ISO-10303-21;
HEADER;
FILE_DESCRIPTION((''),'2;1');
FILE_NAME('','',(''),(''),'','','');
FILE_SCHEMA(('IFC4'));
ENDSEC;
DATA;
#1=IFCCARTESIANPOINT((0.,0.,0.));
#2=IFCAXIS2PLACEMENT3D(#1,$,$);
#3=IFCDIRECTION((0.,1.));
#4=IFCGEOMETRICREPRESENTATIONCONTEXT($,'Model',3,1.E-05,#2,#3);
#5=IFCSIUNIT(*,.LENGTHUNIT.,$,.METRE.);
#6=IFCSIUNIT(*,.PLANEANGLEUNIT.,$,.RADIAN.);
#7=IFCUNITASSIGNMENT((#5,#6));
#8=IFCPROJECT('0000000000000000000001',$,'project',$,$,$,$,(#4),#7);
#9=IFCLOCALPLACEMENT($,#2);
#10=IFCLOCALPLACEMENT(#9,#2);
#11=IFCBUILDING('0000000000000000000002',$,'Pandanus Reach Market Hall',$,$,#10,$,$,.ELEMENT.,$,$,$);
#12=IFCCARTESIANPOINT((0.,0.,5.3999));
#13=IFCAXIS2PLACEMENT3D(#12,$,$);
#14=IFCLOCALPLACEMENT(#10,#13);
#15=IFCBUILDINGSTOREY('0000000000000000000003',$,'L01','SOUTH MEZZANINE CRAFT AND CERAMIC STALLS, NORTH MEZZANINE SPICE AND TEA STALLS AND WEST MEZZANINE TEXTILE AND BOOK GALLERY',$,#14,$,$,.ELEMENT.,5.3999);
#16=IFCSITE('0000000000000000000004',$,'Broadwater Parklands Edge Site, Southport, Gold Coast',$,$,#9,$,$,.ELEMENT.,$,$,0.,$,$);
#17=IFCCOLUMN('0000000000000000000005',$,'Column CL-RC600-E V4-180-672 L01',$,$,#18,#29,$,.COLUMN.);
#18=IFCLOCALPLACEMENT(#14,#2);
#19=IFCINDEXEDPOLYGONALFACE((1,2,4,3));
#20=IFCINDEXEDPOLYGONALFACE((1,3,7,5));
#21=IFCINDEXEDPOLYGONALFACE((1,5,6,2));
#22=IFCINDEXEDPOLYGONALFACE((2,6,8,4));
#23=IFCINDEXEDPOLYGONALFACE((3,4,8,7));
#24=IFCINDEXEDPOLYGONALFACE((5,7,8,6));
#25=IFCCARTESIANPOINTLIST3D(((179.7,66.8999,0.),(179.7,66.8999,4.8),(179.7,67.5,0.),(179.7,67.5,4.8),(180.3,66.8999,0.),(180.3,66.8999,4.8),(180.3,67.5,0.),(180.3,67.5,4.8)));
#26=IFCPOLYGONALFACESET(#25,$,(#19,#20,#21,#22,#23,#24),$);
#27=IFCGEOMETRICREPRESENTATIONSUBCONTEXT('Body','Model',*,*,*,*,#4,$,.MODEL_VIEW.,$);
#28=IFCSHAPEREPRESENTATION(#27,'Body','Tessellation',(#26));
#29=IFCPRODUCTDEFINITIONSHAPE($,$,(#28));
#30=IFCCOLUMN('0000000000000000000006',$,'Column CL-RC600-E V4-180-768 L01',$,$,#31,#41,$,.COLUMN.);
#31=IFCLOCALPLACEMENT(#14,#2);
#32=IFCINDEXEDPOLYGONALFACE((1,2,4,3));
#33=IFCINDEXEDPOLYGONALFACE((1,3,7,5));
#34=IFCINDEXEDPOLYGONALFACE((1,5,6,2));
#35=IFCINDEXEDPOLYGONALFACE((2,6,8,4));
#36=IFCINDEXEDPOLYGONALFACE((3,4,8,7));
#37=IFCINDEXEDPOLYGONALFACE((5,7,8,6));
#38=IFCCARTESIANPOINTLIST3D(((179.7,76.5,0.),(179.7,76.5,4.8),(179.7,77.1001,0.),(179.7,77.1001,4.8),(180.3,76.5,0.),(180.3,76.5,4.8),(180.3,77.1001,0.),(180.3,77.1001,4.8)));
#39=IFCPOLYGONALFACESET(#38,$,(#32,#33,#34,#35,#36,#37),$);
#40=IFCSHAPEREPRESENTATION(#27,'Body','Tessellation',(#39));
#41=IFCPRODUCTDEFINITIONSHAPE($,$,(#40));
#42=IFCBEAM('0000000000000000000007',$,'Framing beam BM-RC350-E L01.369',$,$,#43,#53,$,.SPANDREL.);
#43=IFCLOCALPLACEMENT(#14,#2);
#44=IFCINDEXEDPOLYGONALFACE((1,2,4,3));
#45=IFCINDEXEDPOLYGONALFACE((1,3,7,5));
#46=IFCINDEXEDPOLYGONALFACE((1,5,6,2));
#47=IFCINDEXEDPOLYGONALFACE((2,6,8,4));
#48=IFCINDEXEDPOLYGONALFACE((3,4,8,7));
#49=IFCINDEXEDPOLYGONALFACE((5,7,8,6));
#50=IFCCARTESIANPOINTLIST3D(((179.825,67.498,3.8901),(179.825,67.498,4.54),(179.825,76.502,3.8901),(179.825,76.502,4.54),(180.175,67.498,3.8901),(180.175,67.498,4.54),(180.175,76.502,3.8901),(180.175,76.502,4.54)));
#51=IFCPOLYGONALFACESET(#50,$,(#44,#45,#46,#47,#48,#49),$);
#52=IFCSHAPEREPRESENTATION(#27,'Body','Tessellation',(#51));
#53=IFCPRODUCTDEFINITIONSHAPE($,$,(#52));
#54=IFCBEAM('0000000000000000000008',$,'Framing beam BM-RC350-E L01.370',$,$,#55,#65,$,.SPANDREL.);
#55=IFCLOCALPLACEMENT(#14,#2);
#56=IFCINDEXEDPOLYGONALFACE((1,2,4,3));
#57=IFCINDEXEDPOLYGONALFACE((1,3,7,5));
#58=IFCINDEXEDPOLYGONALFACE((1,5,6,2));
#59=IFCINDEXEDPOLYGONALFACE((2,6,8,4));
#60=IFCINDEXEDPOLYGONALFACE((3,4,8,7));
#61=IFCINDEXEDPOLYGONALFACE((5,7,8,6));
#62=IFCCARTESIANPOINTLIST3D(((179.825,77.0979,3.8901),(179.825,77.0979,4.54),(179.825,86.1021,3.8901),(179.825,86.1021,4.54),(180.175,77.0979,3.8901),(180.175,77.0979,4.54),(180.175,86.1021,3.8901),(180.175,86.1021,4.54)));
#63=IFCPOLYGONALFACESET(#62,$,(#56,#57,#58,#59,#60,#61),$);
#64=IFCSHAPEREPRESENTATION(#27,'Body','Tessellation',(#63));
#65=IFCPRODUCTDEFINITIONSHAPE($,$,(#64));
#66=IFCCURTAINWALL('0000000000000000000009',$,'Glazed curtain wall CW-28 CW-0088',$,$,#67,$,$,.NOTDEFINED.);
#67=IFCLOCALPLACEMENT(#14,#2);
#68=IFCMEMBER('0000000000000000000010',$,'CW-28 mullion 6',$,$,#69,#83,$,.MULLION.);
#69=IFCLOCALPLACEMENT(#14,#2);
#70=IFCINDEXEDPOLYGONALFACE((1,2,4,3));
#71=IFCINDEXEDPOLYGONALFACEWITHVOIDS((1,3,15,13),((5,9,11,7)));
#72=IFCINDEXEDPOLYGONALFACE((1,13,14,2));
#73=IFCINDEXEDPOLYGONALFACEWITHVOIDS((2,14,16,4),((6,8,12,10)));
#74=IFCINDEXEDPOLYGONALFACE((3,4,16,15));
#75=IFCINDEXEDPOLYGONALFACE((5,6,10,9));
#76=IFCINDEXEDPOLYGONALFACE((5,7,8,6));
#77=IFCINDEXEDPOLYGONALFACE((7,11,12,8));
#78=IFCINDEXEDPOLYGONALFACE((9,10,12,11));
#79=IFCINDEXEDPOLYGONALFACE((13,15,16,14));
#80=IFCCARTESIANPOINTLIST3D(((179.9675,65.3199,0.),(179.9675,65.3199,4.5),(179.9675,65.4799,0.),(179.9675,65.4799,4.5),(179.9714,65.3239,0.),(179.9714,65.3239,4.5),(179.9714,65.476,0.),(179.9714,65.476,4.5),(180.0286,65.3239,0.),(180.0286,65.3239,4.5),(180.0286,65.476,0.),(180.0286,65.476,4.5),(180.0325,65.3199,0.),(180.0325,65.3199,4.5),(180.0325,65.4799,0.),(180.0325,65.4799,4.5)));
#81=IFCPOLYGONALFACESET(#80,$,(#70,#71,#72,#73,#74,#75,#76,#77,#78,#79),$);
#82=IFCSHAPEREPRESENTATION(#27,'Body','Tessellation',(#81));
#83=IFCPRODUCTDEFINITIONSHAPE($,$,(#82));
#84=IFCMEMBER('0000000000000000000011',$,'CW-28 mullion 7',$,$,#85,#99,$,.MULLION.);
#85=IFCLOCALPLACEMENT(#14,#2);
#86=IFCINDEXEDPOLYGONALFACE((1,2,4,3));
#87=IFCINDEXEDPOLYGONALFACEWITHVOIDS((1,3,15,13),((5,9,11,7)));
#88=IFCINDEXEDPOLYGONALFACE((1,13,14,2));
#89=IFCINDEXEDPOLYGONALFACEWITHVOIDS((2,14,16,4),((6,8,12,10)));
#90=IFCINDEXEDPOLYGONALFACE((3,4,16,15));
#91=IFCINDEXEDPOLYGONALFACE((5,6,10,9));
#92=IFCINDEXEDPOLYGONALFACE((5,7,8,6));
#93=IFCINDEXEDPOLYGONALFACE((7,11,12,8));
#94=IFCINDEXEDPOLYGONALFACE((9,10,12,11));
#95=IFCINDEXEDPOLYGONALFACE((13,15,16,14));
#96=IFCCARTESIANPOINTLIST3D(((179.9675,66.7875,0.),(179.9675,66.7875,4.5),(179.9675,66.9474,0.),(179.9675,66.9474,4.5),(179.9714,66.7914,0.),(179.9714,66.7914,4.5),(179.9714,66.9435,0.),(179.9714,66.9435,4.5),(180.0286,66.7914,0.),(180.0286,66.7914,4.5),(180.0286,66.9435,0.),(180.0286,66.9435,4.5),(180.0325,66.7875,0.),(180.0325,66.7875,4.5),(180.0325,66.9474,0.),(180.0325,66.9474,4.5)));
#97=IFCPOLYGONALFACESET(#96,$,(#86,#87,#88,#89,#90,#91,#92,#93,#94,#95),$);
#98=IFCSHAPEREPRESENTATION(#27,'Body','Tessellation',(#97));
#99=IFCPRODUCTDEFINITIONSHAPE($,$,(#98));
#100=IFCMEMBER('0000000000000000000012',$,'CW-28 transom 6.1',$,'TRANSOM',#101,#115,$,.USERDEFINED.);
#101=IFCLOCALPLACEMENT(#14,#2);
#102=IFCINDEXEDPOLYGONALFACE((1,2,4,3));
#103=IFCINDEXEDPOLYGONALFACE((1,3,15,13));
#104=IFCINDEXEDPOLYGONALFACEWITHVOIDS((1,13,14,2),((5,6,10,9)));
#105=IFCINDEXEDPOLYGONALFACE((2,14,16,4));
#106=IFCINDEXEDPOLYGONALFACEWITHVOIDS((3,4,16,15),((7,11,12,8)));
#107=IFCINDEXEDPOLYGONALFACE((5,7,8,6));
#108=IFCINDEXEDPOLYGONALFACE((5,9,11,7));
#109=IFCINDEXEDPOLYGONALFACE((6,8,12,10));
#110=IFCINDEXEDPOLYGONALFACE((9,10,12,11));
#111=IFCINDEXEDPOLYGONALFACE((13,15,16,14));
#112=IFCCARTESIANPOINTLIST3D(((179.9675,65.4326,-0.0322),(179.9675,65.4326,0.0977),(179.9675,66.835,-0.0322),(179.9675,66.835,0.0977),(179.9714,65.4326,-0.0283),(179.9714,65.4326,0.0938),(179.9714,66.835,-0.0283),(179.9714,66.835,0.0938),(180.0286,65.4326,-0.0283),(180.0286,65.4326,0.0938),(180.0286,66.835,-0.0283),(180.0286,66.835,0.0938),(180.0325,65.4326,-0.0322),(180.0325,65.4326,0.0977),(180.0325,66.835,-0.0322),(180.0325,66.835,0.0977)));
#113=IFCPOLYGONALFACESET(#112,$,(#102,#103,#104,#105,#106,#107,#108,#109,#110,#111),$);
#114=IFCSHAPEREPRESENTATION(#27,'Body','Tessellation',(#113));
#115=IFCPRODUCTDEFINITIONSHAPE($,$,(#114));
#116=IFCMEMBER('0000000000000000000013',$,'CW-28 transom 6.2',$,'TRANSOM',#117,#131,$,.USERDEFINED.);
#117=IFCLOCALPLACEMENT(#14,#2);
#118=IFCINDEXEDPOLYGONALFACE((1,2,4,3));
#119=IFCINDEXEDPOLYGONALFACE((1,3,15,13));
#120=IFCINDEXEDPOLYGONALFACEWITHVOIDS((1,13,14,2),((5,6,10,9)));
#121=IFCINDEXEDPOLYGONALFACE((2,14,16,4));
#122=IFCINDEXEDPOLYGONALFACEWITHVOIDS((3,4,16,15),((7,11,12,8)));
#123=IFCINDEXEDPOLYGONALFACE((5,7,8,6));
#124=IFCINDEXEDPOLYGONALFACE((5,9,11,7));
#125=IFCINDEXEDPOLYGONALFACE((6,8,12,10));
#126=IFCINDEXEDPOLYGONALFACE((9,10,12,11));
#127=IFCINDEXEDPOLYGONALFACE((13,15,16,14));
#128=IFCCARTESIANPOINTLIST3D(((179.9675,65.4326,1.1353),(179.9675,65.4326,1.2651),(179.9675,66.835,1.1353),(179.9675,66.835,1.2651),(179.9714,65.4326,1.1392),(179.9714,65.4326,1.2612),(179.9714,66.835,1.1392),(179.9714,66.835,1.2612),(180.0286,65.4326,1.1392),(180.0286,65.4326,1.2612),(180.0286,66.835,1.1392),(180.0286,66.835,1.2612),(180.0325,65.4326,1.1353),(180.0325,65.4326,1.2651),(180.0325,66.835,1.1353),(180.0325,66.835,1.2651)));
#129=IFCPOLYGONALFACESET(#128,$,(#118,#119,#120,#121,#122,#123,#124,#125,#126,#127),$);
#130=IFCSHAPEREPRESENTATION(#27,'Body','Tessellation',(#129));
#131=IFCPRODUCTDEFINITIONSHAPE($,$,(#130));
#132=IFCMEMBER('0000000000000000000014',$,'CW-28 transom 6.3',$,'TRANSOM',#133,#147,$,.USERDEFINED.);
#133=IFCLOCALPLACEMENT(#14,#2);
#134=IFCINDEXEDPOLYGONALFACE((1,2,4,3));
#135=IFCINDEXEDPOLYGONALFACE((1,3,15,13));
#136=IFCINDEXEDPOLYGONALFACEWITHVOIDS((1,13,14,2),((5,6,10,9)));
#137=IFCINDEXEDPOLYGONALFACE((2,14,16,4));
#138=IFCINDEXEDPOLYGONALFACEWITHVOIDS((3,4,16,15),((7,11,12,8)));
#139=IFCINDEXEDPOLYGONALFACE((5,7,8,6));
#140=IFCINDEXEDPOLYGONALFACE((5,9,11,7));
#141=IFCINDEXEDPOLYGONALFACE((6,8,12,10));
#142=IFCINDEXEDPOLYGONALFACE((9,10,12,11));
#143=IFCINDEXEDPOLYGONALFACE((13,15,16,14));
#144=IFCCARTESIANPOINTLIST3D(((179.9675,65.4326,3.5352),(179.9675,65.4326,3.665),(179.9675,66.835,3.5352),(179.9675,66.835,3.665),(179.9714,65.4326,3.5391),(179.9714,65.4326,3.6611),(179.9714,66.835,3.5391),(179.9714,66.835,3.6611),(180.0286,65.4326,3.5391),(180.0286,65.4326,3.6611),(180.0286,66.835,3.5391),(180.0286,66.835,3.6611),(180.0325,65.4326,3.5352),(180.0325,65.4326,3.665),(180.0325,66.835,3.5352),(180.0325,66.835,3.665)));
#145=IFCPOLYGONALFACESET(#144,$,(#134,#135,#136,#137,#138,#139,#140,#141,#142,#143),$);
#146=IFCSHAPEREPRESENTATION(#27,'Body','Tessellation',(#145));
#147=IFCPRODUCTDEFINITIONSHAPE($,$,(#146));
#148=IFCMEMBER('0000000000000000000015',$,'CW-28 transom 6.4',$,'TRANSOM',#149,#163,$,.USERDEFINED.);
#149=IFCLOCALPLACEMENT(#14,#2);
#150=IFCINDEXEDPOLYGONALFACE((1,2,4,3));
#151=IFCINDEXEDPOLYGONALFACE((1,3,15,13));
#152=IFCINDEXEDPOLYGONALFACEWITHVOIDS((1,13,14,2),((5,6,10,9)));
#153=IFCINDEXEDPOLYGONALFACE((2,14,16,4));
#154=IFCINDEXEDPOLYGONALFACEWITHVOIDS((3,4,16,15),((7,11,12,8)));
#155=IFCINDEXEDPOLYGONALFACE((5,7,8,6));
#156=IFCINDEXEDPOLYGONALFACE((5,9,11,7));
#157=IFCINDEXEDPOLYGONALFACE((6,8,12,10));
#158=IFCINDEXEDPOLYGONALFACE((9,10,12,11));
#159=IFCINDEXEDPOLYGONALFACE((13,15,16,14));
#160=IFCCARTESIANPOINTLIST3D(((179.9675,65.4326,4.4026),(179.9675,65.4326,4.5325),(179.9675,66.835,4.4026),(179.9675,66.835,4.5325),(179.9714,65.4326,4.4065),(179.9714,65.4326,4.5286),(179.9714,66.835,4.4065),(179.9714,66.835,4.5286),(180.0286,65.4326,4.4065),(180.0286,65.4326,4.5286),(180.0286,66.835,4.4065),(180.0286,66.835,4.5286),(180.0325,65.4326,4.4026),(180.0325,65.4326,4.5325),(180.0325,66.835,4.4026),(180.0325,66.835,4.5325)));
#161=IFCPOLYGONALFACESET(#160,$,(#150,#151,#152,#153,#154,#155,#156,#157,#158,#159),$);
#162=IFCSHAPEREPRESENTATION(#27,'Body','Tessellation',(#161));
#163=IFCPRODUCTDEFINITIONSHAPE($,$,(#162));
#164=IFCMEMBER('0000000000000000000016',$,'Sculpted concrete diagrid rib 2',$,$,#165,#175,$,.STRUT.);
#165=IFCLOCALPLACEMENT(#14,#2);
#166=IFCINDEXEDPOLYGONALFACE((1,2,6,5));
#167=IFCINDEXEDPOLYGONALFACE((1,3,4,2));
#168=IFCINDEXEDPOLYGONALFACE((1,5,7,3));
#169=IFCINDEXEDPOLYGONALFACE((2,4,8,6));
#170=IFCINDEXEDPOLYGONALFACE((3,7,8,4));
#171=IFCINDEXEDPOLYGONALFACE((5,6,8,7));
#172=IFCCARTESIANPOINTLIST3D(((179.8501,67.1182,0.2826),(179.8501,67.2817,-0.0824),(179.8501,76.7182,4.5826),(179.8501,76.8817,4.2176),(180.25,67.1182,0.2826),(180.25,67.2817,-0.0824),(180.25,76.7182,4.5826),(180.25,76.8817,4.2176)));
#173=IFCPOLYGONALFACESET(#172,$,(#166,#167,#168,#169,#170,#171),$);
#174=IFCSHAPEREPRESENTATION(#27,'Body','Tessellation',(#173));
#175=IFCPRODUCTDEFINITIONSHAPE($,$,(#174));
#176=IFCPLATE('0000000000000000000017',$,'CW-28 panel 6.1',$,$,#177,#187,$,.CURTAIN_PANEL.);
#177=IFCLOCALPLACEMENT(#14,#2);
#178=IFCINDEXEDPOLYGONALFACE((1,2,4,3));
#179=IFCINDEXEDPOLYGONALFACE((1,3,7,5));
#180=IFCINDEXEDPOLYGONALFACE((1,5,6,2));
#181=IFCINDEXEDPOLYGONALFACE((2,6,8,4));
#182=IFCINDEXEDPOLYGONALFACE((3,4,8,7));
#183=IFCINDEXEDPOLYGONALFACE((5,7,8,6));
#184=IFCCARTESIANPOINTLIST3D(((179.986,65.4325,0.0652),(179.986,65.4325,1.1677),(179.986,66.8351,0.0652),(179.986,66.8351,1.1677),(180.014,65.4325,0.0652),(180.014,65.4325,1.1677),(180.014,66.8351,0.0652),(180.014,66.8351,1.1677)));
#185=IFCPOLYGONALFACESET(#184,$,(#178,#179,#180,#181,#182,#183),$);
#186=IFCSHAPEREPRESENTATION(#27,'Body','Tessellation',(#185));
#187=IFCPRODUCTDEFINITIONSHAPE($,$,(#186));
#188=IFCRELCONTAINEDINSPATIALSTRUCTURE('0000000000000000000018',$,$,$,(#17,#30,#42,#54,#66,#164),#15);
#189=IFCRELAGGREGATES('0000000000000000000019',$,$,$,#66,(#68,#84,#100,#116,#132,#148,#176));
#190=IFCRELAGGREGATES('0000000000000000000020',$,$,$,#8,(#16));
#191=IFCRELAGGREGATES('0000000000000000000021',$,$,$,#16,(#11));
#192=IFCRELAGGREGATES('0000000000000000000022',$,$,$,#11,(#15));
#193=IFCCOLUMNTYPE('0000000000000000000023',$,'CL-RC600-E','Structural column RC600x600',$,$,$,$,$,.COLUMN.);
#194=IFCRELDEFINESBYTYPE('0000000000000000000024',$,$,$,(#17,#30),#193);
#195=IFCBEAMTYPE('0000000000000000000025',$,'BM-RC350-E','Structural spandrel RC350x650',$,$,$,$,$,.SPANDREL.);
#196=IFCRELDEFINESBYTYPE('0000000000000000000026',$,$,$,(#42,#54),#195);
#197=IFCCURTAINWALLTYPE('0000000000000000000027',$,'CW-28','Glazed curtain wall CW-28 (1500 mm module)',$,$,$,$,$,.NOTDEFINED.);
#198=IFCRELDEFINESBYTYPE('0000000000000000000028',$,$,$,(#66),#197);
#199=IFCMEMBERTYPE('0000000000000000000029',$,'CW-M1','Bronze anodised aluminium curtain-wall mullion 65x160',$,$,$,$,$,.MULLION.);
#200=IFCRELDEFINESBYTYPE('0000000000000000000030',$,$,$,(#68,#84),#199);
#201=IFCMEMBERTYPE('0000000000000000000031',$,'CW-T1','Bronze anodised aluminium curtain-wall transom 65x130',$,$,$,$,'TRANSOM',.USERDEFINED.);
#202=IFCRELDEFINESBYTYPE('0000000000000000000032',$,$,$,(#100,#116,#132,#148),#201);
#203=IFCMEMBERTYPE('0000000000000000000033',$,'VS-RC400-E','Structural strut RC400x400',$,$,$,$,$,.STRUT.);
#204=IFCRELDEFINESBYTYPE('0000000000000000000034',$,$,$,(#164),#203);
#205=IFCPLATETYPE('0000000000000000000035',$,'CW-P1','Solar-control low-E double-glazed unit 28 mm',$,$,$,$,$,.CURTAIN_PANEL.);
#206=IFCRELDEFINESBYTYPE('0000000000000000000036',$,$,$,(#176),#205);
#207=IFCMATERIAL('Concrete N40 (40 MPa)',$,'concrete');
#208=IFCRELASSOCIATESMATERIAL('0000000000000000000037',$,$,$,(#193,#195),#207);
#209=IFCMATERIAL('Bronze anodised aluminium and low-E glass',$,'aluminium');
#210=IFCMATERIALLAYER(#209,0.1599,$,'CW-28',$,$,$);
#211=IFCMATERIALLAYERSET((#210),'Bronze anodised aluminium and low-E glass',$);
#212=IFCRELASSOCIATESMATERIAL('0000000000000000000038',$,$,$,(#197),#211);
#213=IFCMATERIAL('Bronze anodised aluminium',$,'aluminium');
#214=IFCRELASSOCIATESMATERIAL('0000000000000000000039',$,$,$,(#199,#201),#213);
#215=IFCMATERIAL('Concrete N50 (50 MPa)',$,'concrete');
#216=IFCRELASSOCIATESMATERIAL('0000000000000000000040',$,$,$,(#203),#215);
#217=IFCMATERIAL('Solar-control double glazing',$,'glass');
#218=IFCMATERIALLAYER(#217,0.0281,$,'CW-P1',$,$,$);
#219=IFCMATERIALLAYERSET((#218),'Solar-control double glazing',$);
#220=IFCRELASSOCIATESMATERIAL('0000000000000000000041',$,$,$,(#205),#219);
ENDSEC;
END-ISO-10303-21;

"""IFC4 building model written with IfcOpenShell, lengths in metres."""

from ifc_helpers import new_model, si_unit, direction, frame, origin, origin_2d, place, context, subcontext, project, spatial, rectangle, hollow_rectangle, extrude, material, layer, layer_set, material_profile, profile_set, type_object, element, aggregate, save


model = new_model("IFC4")

# Units and contexts
model_context = context("Model", 3, precision=1e-05, world=origin(), true_north=direction((0.0, 1.0)))
body_context = subcontext(model_context, "Body", "Model", "MODEL_VIEW")
ifc_project = project(units=[si_unit("LENGTHUNIT", "METRE"), si_unit("PLANEANGLEUNIT", "RADIAN")], contexts=[model_context])

# Site, building, storey
site_placement = place(None, origin())
site = spatial("IfcSite", under=ifc_project, at=site_placement, Name="Broadwater Parklands Edge Site, Southport, Gold Coast", CompositionType="ELEMENT", RefElevation=0.0)
building_placement = place(site_placement, origin())
building = spatial("IfcBuilding", under=site, at=building_placement, Name="Pandanus Reach Market Hall", CompositionType="ELEMENT")
storey_placement = place(building_placement, frame((0.0, 0.0, 5.3999)))
storey = spatial("IfcBuildingStorey", under=building, at=storey_placement, Name="L01", Description="SOUTH MEZZANINE CRAFT AND CERAMIC STALLS, NORTH MEZZANINE SPICE AND TEA STALLS AND WEST MEZZANINE TEXTILE AND BOOK GALLERY", CompositionType="ELEMENT", Elevation=5.3999)

# Columns
ifc_material_1 = material(Name="Concrete N40 (40 MPa)", Category="concrete")
ifc_material_profile_1 = material_profile(ifc_material_1, rectangle(XDim=0.6001, YDim=0.6001, at=origin_2d()), Name="RC600x600", Category="LoadBearing")
ifc_profile_set_1 = profile_set([ifc_material_profile_1], Name="Concrete N40 (40 MPa)")
column_type = type_object("IfcColumnType", Name="CL-RC600-E", Description="Structural column RC600x600", PredefinedType="COLUMN", material=ifc_profile_set_1)
for number, where, z_axis, x_axis, name in (
    (1, (180.0, 67.2, 0.0), (0.0, 0.0, 1.0), (1.0, 0.0, 0.0), "Column CL-RC600-E V4-180-672 L01"),
    (2, (180.0, 76.8, 0.0), (0.0, 0.0, 1.0), (1.0, 0.0, 0.0), "Column CL-RC600-E V4-180-768 L01"),
):
    element("IfcColumn", number, at=place(storey_placement, frame(where, z_axis=z_axis, x_axis=x_axis)), inside=storey, type_object=column_type, Name=name, PredefinedType="COLUMN", context=body_context, shape_type="SweptSolid", body=[
        extrude(rectangle(XDim=0.6001, YDim=0.6001, at=origin_2d()), origin(), (0.0, 0.0, 1.0), 4.8),
    ])

# Beams
ifc_material_profile_2 = material_profile(ifc_material_1, rectangle(XDim=0.3501, YDim=0.6499, at=origin_2d()), Name="RC350x650", Category="LoadBearing")
ifc_profile_set_2 = profile_set([ifc_material_profile_2], Name="Concrete N40 (40 MPa)")
beam_type = type_object("IfcBeamType", Name="BM-RC350-E", Description="Structural spandrel RC350x650", PredefinedType="SPANDREL", material=ifc_profile_set_2)
beam_1_placement = place(storey_placement, frame((180.0, 67.498, 4.2151), z_axis=(0.0, 1.0, 0.0), x_axis=(-1.0, 0.0, 0.0)))
element("IfcBeam", 3, at=beam_1_placement, inside=storey, type_object=beam_type, Name="Framing beam BM-RC350-E L01.369", PredefinedType="SPANDREL", context=body_context, shape_type="SweptSolid", body=[
    extrude(rectangle(XDim=0.3501, YDim=0.6499, at=origin_2d()), origin(), (0.0, 0.0, 1.0), 9.0039),
])
beam_2_placement = place(storey_placement, frame((180.0, 77.0979, 4.2151), z_axis=(0.0, 1.0, 0.0), x_axis=(-1.0, 0.0, 0.0)))
element("IfcBeam", 4, at=beam_2_placement, inside=storey, type_object=beam_type, Name="Framing beam BM-RC350-E L01.370", PredefinedType="SPANDREL", context=body_context, shape_type="SweptSolid", body=[
    extrude(rectangle(XDim=0.3501, YDim=0.6499, at=origin_2d()), origin(), (0.0, 0.0, 1.0), 9.0042),
])

# Curtain wall, members
ifc_material_2 = material(Name="Bronze anodised aluminium and low-E glass", Category="aluminium")
ifc_layer_1 = layer(ifc_material_2, 0.1599, Name="CW-28")
ifc_layer_set_1 = layer_set([ifc_layer_1], Name="Bronze anodised aluminium and low-E glass")
curtain_wall_type = type_object("IfcCurtainWallType", Name="CW-28", Description="Glazed curtain wall CW-28 (1500 mm module)", PredefinedType="NOTDEFINED", material=ifc_layer_set_1)
curtain_wall_placement = place(storey_placement, origin())
curtain_wall = element("IfcCurtainWall", 5, at=curtain_wall_placement, inside=storey, type_object=curtain_wall_type, Name="Glazed curtain wall CW-28 CW-0088", PredefinedType="NOTDEFINED")
ifc_material_3 = material(Name="Bronze anodised aluminium", Category="aluminium")
ifc_material_profile_3 = material_profile(ifc_material_3, hollow_rectangle(XDim=0.0649, YDim=0.1599, WallThickness=0.0039, at=origin_2d()), Name="ALU65x160", Category="LoadBearing")
ifc_profile_set_3 = profile_set([ifc_material_profile_3], Name="Bronze anodised aluminium")
member_type_1 = type_object("IfcMemberType", Name="CW-M1", Description="Bronze anodised aluminium curtain-wall mullion 65x160", PredefinedType="MULLION", material=ifc_profile_set_3)
member_1_placement = place(storey_placement, frame((180.0, 65.3999, 0.0), z_axis=(0.0, 0.0, 1.0), x_axis=(-1.0, 0.0, 0.0)))
member_1 = element("IfcMember", 6, at=member_1_placement, type_object=member_type_1, Name="CW-28 mullion 6", PredefinedType="MULLION", context=body_context, shape_type="SweptSolid", body=[
    extrude(hollow_rectangle(XDim=0.0649, YDim=0.1599, WallThickness=0.0039, at=origin_2d()), origin(), (0.0, 0.0, 1.0), 4.5),
])
member_2_placement = place(storey_placement, frame((180.0, 66.8674, 0.0), z_axis=(0.0, 0.0, 1.0), x_axis=(-1.0, 0.0, 0.0)))
member_2 = element("IfcMember", 7, at=member_2_placement, type_object=member_type_1, Name="CW-28 mullion 7", PredefinedType="MULLION", context=body_context, shape_type="SweptSolid", body=[
    extrude(hollow_rectangle(XDim=0.0649, YDim=0.1599, WallThickness=0.0039, at=origin_2d()), origin(), (0.0, 0.0, 1.0), 4.5),
])
ifc_material_profile_4 = material_profile(ifc_material_3, hollow_rectangle(XDim=0.0649, YDim=0.1299, WallThickness=0.0039, at=origin_2d()), Name="ALU65x130", Category="LoadBearing")
ifc_profile_set_4 = profile_set([ifc_material_profile_4], Name="Bronze anodised aluminium")
member_type_2 = type_object("IfcMemberType", Name="CW-T1", Description="Bronze anodised aluminium curtain-wall transom 65x130", ElementType="TRANSOM", PredefinedType="USERDEFINED", material=ifc_profile_set_4)
member_3_placement = place(storey_placement, frame((180.0, 65.4326, 0.0327), z_axis=(0.0, 1.0, 0.0), x_axis=(-1.0, 0.0, 0.0)))
member_3 = element("IfcMember", 8, at=member_3_placement, type_object=member_type_2, Name="CW-28 transom 6.1", ObjectType="TRANSOM", PredefinedType="USERDEFINED", context=body_context, shape_type="SweptSolid", body=[
    extrude(hollow_rectangle(XDim=0.0649, YDim=0.1299, WallThickness=0.0039, at=origin_2d()), origin(), (0.0, 0.0, 1.0), 1.4023),
])
member_4_placement = place(storey_placement, frame((180.0, 65.4326, 1.2002), z_axis=(0.0, 1.0, 0.0), x_axis=(-1.0, 0.0, 0.0)))
member_4 = element("IfcMember", 9, at=member_4_placement, type_object=member_type_2, Name="CW-28 transom 6.2", ObjectType="TRANSOM", PredefinedType="USERDEFINED", context=body_context, shape_type="SweptSolid", body=[
    extrude(hollow_rectangle(XDim=0.0649, YDim=0.1299, WallThickness=0.0039, at=origin_2d()), origin(), (0.0, 0.0, 1.0), 1.4023),
])
member_5_placement = place(storey_placement, frame((180.0, 65.4326, 3.6001), z_axis=(0.0, 1.0, 0.0), x_axis=(-1.0, 0.0, 0.0)))
member_5 = element("IfcMember", 10, at=member_5_placement, type_object=member_type_2, Name="CW-28 transom 6.3", ObjectType="TRANSOM", PredefinedType="USERDEFINED", context=body_context, shape_type="SweptSolid", body=[
    extrude(hollow_rectangle(XDim=0.0649, YDim=0.1299, WallThickness=0.0039, at=origin_2d()), origin(), (0.0, 0.0, 1.0), 1.4023),
])
member_6_placement = place(storey_placement, frame((180.0, 65.4326, 4.4675), z_axis=(0.0, 1.0, 0.0), x_axis=(-1.0, 0.0, 0.0)))
member_6 = element("IfcMember", 11, at=member_6_placement, type_object=member_type_2, Name="CW-28 transom 6.4", ObjectType="TRANSOM", PredefinedType="USERDEFINED", context=body_context, shape_type="SweptSolid", body=[
    extrude(hollow_rectangle(XDim=0.0649, YDim=0.1299, WallThickness=0.0039, at=origin_2d()), origin(), (0.0, 0.0, 1.0), 1.4023),
])

# Member
ifc_material_4 = material(Name="Concrete N50 (50 MPa)", Category="concrete")
ifc_material_profile_5 = material_profile(ifc_material_4, rectangle(XDim=0.3999, YDim=0.3999, at=origin_2d()), Name="RC400x400", Category="LoadBearing")
ifc_profile_set_5 = profile_set([ifc_material_profile_5], Name="Concrete N50 (50 MPa)")
member_type_3 = type_object("IfcMemberType", Name="VS-RC400-E", Description="Structural strut RC400x400", PredefinedType="STRUT", material=ifc_profile_set_5)
member_7_placement = place(storey_placement, frame((180.05, 67.2, 0.1001), z_axis=(0.0, 0.912631, 0.408783), x_axis=(-1.0, 0.0, 0.0)))
element("IfcMember", 12, at=member_7_placement, inside=storey, type_object=member_type_3, Name="Sculpted concrete diagrid rib 2", PredefinedType="STRUT", context=body_context, shape_type="SweptSolid", body=[
    extrude(rectangle(XDim=0.3999, YDim=0.3999, at=origin_2d()), origin(), (0.0, 0.0, 1.0), 10.519),
])

# Plate
ifc_material_5 = material(Name="Solar-control double glazing", Category="glass")
ifc_layer_2 = layer(ifc_material_5, 0.0281, Name="CW-P1")
ifc_layer_set_2 = layer_set([ifc_layer_2], Name="Solar-control double glazing")
plate_type_1 = type_object("IfcPlateType", Name="CW-P1", Description="Solar-control low-E double-glazed unit 28 mm", PredefinedType="CURTAIN_PANEL", material=ifc_layer_set_2)
plate_1_placement = place(storey_placement, frame((180.0, 66.1338, 0.0652), z_axis=(0.0, 0.0, 1.0), x_axis=(0.0, 1.0, 0.0)))
plate_1 = element("IfcPlate", 13, at=plate_1_placement, type_object=plate_type_1, Name="CW-28 panel 6.1", PredefinedType="CURTAIN_PANEL", context=body_context, shape_type="SweptSolid", body=[
    extrude(rectangle(XDim=1.4026, YDim=0.0281, at=origin_2d()), origin(), (0.0, 0.0, 1.0), 1.1025),
])
aggregate(curtain_wall, [member_1, member_2, member_3, member_4, member_5, member_6, plate_1])

save(model, "model.ifc")
